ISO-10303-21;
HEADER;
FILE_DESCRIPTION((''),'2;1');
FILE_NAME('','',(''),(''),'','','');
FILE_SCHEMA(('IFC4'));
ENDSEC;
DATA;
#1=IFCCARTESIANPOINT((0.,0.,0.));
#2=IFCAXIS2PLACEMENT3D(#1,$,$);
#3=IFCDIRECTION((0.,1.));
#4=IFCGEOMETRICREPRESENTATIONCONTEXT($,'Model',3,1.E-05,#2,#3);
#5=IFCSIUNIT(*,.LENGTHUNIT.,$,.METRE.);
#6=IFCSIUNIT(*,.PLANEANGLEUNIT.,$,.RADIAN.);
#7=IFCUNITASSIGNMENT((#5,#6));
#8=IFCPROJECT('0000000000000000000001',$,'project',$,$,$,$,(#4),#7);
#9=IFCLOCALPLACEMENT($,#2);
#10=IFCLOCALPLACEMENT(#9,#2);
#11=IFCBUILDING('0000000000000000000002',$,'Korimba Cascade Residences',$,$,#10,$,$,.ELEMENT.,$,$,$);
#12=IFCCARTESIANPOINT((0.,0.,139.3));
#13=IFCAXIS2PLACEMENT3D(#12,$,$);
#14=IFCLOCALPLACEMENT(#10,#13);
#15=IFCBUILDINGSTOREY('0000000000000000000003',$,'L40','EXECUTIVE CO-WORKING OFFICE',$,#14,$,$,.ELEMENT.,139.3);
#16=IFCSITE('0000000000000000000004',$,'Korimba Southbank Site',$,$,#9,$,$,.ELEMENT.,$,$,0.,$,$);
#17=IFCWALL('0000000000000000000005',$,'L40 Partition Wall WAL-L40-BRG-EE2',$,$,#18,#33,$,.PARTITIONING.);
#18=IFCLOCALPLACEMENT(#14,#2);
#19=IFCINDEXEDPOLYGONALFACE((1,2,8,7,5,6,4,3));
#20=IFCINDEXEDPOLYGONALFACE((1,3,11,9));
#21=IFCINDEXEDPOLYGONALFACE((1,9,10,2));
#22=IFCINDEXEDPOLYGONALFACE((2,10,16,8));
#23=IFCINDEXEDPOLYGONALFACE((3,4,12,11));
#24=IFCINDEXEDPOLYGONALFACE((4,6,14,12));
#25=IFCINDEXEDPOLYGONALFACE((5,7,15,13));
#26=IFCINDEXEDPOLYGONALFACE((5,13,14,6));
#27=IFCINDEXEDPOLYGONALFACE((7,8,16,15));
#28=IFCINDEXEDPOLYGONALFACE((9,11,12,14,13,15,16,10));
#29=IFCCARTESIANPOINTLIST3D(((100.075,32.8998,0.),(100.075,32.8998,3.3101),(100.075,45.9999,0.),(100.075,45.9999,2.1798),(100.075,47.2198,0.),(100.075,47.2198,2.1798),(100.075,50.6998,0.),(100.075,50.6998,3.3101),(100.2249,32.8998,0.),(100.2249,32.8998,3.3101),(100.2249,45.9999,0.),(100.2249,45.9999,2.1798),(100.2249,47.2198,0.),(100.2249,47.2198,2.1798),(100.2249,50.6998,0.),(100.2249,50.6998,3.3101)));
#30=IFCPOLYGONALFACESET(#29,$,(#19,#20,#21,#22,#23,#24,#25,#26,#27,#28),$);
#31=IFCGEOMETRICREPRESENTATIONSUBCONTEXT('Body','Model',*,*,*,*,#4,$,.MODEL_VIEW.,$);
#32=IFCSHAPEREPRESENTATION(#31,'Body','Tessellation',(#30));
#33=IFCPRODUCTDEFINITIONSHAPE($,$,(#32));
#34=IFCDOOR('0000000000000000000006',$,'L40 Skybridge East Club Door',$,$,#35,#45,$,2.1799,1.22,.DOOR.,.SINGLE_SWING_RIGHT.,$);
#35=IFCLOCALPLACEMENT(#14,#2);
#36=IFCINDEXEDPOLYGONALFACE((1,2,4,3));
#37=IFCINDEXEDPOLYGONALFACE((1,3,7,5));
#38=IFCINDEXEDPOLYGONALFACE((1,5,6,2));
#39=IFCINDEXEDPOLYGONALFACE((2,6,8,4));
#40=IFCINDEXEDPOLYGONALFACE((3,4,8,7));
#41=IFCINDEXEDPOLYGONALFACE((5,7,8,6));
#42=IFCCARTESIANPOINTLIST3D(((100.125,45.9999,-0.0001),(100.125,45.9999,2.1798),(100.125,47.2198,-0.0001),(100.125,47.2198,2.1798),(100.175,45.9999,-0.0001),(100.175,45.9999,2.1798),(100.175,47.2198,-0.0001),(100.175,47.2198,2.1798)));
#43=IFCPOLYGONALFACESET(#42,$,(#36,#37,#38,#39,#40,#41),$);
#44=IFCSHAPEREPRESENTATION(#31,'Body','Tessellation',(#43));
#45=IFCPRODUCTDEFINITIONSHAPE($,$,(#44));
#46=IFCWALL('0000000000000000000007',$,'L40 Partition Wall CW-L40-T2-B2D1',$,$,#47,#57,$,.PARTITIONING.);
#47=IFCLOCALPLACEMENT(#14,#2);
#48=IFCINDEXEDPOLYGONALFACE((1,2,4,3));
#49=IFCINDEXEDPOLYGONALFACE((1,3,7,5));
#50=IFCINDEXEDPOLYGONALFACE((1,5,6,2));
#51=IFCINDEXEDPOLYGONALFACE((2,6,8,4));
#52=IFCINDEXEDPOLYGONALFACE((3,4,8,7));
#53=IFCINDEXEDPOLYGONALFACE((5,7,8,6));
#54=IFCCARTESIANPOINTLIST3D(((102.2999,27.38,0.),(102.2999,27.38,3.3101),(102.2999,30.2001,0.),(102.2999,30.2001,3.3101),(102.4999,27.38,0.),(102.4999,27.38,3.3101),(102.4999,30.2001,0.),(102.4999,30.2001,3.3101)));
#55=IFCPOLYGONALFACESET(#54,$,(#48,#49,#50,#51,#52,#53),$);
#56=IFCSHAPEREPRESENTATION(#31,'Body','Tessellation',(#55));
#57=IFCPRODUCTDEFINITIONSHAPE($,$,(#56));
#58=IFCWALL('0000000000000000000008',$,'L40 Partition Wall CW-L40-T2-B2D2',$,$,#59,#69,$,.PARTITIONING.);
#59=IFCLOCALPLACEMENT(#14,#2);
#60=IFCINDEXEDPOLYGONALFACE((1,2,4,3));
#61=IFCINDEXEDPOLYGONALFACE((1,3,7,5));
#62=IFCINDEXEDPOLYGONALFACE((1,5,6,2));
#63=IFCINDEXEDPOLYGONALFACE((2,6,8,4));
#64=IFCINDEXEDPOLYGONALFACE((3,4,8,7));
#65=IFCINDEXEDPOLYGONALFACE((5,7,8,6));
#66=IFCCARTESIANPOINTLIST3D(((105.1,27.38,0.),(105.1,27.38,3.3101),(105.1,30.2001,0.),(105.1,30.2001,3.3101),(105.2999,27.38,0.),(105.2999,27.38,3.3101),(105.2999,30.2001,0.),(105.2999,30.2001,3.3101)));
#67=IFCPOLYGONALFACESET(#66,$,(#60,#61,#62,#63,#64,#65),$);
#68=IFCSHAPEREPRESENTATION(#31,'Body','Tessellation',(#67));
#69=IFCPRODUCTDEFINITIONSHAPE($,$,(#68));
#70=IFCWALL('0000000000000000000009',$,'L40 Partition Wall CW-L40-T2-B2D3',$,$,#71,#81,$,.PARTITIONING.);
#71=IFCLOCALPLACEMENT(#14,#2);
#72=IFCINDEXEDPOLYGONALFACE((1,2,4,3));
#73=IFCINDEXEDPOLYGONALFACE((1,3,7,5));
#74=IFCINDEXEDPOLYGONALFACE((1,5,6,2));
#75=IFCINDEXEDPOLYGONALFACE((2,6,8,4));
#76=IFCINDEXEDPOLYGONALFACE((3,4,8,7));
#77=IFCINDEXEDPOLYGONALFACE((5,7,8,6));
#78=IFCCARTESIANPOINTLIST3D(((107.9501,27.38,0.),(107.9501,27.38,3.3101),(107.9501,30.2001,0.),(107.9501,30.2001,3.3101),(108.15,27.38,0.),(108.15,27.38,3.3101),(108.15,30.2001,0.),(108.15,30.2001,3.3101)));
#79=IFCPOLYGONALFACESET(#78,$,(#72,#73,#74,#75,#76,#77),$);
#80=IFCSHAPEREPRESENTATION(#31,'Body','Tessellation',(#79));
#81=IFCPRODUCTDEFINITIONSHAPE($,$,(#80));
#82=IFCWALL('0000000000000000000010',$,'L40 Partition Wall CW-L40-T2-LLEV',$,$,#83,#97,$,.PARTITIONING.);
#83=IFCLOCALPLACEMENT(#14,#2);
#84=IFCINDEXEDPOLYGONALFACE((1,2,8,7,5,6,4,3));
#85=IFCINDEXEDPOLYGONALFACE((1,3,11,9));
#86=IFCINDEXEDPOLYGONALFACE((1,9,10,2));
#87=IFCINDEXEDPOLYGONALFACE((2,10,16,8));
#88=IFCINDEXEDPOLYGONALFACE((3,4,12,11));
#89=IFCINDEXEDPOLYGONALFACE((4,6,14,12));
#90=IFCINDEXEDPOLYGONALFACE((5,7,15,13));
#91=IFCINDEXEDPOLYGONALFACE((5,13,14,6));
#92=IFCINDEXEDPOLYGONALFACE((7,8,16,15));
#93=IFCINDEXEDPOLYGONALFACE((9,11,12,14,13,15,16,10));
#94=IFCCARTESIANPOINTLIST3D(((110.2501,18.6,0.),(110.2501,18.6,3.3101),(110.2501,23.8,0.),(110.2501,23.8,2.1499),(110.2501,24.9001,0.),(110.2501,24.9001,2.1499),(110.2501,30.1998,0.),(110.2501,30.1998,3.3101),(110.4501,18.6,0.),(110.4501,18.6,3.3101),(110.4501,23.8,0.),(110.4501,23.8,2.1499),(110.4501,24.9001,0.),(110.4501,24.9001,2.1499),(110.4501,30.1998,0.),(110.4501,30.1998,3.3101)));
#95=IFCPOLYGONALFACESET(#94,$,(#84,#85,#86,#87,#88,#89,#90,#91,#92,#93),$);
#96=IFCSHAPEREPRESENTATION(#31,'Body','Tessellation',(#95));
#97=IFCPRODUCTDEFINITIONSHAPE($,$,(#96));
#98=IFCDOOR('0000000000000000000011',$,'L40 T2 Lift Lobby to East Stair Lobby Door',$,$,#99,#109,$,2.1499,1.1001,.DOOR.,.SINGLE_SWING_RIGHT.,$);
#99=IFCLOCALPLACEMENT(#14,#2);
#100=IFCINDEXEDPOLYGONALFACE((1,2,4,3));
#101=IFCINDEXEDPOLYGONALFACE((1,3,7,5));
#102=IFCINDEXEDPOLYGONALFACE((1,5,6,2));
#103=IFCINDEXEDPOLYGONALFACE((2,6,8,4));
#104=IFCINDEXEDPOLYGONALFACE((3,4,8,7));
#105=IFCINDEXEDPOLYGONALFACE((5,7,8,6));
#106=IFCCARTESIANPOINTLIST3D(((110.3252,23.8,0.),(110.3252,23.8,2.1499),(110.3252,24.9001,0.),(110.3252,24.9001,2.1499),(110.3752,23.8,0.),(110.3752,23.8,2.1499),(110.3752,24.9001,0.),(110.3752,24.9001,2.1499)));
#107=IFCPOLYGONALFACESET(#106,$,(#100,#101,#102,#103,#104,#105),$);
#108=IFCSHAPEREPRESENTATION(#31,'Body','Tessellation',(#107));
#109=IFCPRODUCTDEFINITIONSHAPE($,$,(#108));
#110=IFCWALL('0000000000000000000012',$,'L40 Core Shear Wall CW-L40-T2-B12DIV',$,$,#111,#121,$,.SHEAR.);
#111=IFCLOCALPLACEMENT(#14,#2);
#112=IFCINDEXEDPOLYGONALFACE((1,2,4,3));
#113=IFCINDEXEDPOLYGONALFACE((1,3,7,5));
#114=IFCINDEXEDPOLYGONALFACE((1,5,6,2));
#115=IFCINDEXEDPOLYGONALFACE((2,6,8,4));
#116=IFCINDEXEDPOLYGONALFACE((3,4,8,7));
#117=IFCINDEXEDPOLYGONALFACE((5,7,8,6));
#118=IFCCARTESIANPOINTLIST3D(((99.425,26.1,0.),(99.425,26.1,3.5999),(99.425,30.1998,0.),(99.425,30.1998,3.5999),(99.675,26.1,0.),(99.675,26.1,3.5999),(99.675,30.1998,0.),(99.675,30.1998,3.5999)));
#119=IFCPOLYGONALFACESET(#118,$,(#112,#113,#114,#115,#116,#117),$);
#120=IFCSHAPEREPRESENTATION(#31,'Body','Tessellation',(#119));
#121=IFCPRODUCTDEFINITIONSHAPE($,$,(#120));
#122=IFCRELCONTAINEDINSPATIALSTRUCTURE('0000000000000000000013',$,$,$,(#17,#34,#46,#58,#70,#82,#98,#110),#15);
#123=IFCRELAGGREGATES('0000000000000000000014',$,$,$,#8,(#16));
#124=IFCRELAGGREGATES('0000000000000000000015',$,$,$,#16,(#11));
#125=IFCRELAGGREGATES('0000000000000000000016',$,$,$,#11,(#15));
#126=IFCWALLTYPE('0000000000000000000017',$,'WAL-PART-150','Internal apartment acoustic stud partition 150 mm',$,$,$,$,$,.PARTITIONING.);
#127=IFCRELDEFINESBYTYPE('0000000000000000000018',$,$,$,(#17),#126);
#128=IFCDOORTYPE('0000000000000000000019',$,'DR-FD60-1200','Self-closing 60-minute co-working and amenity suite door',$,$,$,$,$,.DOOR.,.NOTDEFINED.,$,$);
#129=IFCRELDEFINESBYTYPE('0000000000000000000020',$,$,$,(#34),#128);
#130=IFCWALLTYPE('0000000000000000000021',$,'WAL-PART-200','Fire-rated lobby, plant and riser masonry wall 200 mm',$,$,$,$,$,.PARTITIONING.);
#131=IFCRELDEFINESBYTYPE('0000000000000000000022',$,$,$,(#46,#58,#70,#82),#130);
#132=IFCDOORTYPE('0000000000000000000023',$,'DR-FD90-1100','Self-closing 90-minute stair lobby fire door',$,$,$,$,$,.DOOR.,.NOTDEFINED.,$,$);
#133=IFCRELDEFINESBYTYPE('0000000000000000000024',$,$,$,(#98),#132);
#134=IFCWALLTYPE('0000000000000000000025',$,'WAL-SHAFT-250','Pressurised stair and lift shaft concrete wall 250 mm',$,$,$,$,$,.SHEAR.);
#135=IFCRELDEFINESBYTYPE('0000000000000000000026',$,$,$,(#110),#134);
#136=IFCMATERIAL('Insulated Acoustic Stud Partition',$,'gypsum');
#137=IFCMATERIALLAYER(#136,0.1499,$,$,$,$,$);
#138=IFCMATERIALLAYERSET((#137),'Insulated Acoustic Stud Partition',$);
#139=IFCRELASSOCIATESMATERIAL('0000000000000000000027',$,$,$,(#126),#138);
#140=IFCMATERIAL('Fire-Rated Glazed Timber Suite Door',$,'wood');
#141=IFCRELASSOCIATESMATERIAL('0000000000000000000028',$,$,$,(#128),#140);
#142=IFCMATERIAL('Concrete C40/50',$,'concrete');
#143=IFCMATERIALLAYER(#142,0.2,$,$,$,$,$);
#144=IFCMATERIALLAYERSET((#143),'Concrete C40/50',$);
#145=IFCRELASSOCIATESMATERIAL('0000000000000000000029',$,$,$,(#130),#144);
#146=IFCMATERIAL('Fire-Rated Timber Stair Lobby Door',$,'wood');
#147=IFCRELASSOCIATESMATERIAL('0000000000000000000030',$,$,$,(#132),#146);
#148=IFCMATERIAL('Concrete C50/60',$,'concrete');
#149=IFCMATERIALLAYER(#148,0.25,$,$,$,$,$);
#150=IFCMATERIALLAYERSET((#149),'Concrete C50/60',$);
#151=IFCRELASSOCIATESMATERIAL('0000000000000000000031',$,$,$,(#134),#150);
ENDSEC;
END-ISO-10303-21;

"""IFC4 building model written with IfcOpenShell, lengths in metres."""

from ifc_helpers import new_model, si_unit, direction, frame, frame_2d, origin, place, context, subcontext, project, spatial, rectangle, extrude, material, layer, layer_set, type_object, element, fill, save


model = new_model("IFC4")

# Units and contexts
model_context = context("Model", 3, precision=1e-05, world=origin(), true_north=direction((0.0, 1.0)))
body_context = subcontext(model_context, "Body", "Model", "MODEL_VIEW")
ifc_project = project(units=[si_unit("LENGTHUNIT", "METRE"), si_unit("PLANEANGLEUNIT", "RADIAN")], contexts=[model_context])

# Site, building, storey
site_placement = place(None, origin())
site = spatial("IfcSite", under=ifc_project, at=site_placement, Name="Korimba Southbank Site", CompositionType="ELEMENT", RefElevation=0.0)
building_placement = place(site_placement, origin())
building = spatial("IfcBuilding", under=site, at=building_placement, Name="Korimba Cascade Residences", CompositionType="ELEMENT")
storey_placement = place(building_placement, frame((0.0, 0.0, 139.3)))
storey = spatial("IfcBuildingStorey", under=building, at=storey_placement, Name="L40", Description="EXECUTIVE CO-WORKING OFFICE", CompositionType="ELEMENT", Elevation=139.3)

# Shared definitions
ifc_material_1 = material(Name="Insulated Acoustic Stud Partition", Category="gypsum")
ifc_layer_1 = layer(ifc_material_1, 0.1499)
ifc_layer_set_1 = layer_set([ifc_layer_1], Name="Insulated Acoustic Stud Partition")
wall_type_1 = type_object("IfcWallType", Name="WAL-PART-150", Description="Internal apartment acoustic stud partition 150 mm", PredefinedType="PARTITIONING", material=ifc_layer_set_1)

# Wall, opening, door
wall_1_placement = place(storey_placement, frame((100.1499, 32.8999, 0.0), z_axis=(0.0, 0.0, 1.0), x_axis=(0.0, 1.0, 0.0)))
wall_1 = element("IfcWall", 1, at=wall_1_placement, inside=storey, type_object=wall_type_1, Name="L40 Partition Wall WAL-L40-BRG-EE2", PredefinedType="PARTITIONING", context=body_context, shape_type="SweptSolid", body=[
    extrude(rectangle(XDim=17.8, YDim=0.1499, at=frame_2d((8.8999, 0.0))), origin(), (0.0, 0.0, 1.0), 3.3101),
])
opening_1_placement = place(wall_1_placement, frame((13.1001, 0.0, 0.0)))
opening_1 = element("IfcOpeningElement", 2, at=opening_1_placement, cuts=wall_1, PredefinedType="OPENING", context=body_context, shape_type="SweptSolid", body=[
    extrude(rectangle(XDim=1.22, YDim=2.1799, at=frame_2d((0.6099, 1.0898))), frame((0.0, 0.085, 0.0), z_axis=(0.0, -1.0, 0.0), x_axis=(1.0, 0.0, 0.0)), (0.0, 0.0, 1.0), 0.1699),
])
ifc_material_2 = material(Name="Fire-Rated Glazed Timber Suite Door", Category="wood")
door_type_1 = type_object("IfcDoorType", Name="DR-FD60-1200", Description="Self-closing 60-minute co-working and amenity suite door", OperationType="NOTDEFINED", PredefinedType="DOOR", material=ifc_material_2)
door_1_placement = place(opening_1_placement, origin())
door_1 = element("IfcDoor", 3, at=door_1_placement, inside=storey, type_object=door_type_1, Name="L40 Skybridge East Club Door", OperationType="SINGLE_SWING_RIGHT", OverallHeight=2.1799, OverallWidth=1.22, PredefinedType="DOOR", context=body_context, shape_type="SweptSolid", body=[
    extrude(rectangle(XDim=1.22, YDim=2.1799, at=frame_2d((0.6099, 1.0898))), frame((0.0, 0.0249, 0.0), z_axis=(0.0, -1.0, 0.0), x_axis=(1.0, 0.0, 0.0)), (0.0, 0.0, 1.0), 0.05),
])
fill(opening_1, door_1)

# Walls
ifc_material_3 = material(Name="Concrete C40/50", Category="concrete")
ifc_layer_2 = layer(ifc_material_3, 0.2)
ifc_layer_set_2 = layer_set([ifc_layer_2], Name="Concrete C40/50")
wall_type_2 = type_object("IfcWallType", Name="WAL-PART-200", Description="Fire-rated lobby, plant and riser masonry wall 200 mm", PredefinedType="PARTITIONING", material=ifc_layer_set_2)
for number, where, z_axis, x_axis, name in (
    (4, (102.3999, 27.3799, 0.0), (0.0, 0.0, 1.0), (0.0, 1.0, 0.0), "L40 Partition Wall CW-L40-T2-B2D1"),
    (5, (105.2, 27.3799, 0.0), (0.0, 0.0, 1.0), (0.0, 1.0, 0.0), "L40 Partition Wall CW-L40-T2-B2D2"),
    (6, (108.05, 27.3799, 0.0), (0.0, 0.0, 1.0), (0.0, 1.0, 0.0), "L40 Partition Wall CW-L40-T2-B2D3"),
):
    element("IfcWall", number, at=place(storey_placement, frame(where, z_axis=z_axis, x_axis=x_axis)), inside=storey, type_object=wall_type_2, Name=name, PredefinedType="PARTITIONING", context=body_context, shape_type="SweptSolid", body=[
        extrude(rectangle(XDim=2.8201, YDim=0.2, at=frame_2d((1.4102, 0.0))), origin(), (0.0, 0.0, 1.0), 3.3101),
    ])

# Wall, opening, door
wall_2_placement = place(storey_placement, frame((110.3501, 18.6001, 0.0), z_axis=(0.0, 0.0, 1.0), x_axis=(0.0, 1.0, 0.0)))
wall_2 = element("IfcWall", 7, at=wall_2_placement, inside=storey, type_object=wall_type_2, Name="L40 Partition Wall CW-L40-T2-LLEV", PredefinedType="PARTITIONING", context=body_context, shape_type="SweptSolid", body=[
    extrude(rectangle(XDim=11.5999, YDim=0.2, at=frame_2d((5.7998, 0.0))), origin(), (0.0, 0.0, 1.0), 3.3101),
])
opening_2_placement = place(wall_2_placement, frame((5.2, 0.0, 0.0)))
opening_2 = element("IfcOpeningElement", 8, at=opening_2_placement, cuts=wall_2, PredefinedType="OPENING", context=body_context, shape_type="SweptSolid", body=[
    extrude(rectangle(XDim=1.1001, YDim=2.1499, at=frame_2d((0.55, 1.075))), frame((0.0, 0.1099, 0.0), z_axis=(0.0, -1.0, 0.0), x_axis=(1.0, 0.0, 0.0)), (0.0, 0.0, 1.0), 0.22),
])
ifc_material_4 = material(Name="Fire-Rated Timber Stair Lobby Door", Category="wood")
door_type_2 = type_object("IfcDoorType", Name="DR-FD90-1100", Description="Self-closing 90-minute stair lobby fire door", OperationType="NOTDEFINED", PredefinedType="DOOR", material=ifc_material_4)
door_2_placement = place(opening_2_placement, origin())
door_2 = element("IfcDoor", 9, at=door_2_placement, inside=storey, type_object=door_type_2, Name="L40 T2 Lift Lobby to East Stair Lobby Door", OperationType="SINGLE_SWING_RIGHT", OverallHeight=2.1499, OverallWidth=1.1001, PredefinedType="DOOR", context=body_context, shape_type="SweptSolid", body=[
    extrude(rectangle(XDim=1.1001, YDim=2.1499, at=frame_2d((0.55, 1.075))), frame((0.0, 0.0249, 0.0), z_axis=(0.0, -1.0, 0.0), x_axis=(1.0, 0.0, 0.0)), (0.0, 0.0, 1.0), 0.05),
])
fill(opening_2, door_2)

# Wall
ifc_material_5 = material(Name="Concrete C50/60", Category="concrete")
ifc_layer_3 = layer(ifc_material_5, 0.25)
ifc_layer_set_3 = layer_set([ifc_layer_3], Name="Concrete C50/60")
wall_type_3 = type_object("IfcWallType", Name="WAL-SHAFT-250", Description="Pressurised stair and lift shaft concrete wall 250 mm", PredefinedType="SHEAR", material=ifc_layer_set_3)
wall_3_placement = place(storey_placement, frame((99.55, 26.1001, 0.0), z_axis=(0.0, 0.0, 1.0), x_axis=(0.0, 1.0, 0.0)))
element("IfcWall", 10, at=wall_3_placement, inside=storey, type_object=wall_type_3, Name="L40 Core Shear Wall CW-L40-T2-B12DIV", PredefinedType="SHEAR", context=body_context, shape_type="SweptSolid", body=[
    extrude(rectangle(XDim=4.0999, YDim=0.25, at=frame_2d((2.0498, 0.0))), origin(), (0.0, 0.0, 1.0), 3.5999),
])

save(model, "model.ifc")
